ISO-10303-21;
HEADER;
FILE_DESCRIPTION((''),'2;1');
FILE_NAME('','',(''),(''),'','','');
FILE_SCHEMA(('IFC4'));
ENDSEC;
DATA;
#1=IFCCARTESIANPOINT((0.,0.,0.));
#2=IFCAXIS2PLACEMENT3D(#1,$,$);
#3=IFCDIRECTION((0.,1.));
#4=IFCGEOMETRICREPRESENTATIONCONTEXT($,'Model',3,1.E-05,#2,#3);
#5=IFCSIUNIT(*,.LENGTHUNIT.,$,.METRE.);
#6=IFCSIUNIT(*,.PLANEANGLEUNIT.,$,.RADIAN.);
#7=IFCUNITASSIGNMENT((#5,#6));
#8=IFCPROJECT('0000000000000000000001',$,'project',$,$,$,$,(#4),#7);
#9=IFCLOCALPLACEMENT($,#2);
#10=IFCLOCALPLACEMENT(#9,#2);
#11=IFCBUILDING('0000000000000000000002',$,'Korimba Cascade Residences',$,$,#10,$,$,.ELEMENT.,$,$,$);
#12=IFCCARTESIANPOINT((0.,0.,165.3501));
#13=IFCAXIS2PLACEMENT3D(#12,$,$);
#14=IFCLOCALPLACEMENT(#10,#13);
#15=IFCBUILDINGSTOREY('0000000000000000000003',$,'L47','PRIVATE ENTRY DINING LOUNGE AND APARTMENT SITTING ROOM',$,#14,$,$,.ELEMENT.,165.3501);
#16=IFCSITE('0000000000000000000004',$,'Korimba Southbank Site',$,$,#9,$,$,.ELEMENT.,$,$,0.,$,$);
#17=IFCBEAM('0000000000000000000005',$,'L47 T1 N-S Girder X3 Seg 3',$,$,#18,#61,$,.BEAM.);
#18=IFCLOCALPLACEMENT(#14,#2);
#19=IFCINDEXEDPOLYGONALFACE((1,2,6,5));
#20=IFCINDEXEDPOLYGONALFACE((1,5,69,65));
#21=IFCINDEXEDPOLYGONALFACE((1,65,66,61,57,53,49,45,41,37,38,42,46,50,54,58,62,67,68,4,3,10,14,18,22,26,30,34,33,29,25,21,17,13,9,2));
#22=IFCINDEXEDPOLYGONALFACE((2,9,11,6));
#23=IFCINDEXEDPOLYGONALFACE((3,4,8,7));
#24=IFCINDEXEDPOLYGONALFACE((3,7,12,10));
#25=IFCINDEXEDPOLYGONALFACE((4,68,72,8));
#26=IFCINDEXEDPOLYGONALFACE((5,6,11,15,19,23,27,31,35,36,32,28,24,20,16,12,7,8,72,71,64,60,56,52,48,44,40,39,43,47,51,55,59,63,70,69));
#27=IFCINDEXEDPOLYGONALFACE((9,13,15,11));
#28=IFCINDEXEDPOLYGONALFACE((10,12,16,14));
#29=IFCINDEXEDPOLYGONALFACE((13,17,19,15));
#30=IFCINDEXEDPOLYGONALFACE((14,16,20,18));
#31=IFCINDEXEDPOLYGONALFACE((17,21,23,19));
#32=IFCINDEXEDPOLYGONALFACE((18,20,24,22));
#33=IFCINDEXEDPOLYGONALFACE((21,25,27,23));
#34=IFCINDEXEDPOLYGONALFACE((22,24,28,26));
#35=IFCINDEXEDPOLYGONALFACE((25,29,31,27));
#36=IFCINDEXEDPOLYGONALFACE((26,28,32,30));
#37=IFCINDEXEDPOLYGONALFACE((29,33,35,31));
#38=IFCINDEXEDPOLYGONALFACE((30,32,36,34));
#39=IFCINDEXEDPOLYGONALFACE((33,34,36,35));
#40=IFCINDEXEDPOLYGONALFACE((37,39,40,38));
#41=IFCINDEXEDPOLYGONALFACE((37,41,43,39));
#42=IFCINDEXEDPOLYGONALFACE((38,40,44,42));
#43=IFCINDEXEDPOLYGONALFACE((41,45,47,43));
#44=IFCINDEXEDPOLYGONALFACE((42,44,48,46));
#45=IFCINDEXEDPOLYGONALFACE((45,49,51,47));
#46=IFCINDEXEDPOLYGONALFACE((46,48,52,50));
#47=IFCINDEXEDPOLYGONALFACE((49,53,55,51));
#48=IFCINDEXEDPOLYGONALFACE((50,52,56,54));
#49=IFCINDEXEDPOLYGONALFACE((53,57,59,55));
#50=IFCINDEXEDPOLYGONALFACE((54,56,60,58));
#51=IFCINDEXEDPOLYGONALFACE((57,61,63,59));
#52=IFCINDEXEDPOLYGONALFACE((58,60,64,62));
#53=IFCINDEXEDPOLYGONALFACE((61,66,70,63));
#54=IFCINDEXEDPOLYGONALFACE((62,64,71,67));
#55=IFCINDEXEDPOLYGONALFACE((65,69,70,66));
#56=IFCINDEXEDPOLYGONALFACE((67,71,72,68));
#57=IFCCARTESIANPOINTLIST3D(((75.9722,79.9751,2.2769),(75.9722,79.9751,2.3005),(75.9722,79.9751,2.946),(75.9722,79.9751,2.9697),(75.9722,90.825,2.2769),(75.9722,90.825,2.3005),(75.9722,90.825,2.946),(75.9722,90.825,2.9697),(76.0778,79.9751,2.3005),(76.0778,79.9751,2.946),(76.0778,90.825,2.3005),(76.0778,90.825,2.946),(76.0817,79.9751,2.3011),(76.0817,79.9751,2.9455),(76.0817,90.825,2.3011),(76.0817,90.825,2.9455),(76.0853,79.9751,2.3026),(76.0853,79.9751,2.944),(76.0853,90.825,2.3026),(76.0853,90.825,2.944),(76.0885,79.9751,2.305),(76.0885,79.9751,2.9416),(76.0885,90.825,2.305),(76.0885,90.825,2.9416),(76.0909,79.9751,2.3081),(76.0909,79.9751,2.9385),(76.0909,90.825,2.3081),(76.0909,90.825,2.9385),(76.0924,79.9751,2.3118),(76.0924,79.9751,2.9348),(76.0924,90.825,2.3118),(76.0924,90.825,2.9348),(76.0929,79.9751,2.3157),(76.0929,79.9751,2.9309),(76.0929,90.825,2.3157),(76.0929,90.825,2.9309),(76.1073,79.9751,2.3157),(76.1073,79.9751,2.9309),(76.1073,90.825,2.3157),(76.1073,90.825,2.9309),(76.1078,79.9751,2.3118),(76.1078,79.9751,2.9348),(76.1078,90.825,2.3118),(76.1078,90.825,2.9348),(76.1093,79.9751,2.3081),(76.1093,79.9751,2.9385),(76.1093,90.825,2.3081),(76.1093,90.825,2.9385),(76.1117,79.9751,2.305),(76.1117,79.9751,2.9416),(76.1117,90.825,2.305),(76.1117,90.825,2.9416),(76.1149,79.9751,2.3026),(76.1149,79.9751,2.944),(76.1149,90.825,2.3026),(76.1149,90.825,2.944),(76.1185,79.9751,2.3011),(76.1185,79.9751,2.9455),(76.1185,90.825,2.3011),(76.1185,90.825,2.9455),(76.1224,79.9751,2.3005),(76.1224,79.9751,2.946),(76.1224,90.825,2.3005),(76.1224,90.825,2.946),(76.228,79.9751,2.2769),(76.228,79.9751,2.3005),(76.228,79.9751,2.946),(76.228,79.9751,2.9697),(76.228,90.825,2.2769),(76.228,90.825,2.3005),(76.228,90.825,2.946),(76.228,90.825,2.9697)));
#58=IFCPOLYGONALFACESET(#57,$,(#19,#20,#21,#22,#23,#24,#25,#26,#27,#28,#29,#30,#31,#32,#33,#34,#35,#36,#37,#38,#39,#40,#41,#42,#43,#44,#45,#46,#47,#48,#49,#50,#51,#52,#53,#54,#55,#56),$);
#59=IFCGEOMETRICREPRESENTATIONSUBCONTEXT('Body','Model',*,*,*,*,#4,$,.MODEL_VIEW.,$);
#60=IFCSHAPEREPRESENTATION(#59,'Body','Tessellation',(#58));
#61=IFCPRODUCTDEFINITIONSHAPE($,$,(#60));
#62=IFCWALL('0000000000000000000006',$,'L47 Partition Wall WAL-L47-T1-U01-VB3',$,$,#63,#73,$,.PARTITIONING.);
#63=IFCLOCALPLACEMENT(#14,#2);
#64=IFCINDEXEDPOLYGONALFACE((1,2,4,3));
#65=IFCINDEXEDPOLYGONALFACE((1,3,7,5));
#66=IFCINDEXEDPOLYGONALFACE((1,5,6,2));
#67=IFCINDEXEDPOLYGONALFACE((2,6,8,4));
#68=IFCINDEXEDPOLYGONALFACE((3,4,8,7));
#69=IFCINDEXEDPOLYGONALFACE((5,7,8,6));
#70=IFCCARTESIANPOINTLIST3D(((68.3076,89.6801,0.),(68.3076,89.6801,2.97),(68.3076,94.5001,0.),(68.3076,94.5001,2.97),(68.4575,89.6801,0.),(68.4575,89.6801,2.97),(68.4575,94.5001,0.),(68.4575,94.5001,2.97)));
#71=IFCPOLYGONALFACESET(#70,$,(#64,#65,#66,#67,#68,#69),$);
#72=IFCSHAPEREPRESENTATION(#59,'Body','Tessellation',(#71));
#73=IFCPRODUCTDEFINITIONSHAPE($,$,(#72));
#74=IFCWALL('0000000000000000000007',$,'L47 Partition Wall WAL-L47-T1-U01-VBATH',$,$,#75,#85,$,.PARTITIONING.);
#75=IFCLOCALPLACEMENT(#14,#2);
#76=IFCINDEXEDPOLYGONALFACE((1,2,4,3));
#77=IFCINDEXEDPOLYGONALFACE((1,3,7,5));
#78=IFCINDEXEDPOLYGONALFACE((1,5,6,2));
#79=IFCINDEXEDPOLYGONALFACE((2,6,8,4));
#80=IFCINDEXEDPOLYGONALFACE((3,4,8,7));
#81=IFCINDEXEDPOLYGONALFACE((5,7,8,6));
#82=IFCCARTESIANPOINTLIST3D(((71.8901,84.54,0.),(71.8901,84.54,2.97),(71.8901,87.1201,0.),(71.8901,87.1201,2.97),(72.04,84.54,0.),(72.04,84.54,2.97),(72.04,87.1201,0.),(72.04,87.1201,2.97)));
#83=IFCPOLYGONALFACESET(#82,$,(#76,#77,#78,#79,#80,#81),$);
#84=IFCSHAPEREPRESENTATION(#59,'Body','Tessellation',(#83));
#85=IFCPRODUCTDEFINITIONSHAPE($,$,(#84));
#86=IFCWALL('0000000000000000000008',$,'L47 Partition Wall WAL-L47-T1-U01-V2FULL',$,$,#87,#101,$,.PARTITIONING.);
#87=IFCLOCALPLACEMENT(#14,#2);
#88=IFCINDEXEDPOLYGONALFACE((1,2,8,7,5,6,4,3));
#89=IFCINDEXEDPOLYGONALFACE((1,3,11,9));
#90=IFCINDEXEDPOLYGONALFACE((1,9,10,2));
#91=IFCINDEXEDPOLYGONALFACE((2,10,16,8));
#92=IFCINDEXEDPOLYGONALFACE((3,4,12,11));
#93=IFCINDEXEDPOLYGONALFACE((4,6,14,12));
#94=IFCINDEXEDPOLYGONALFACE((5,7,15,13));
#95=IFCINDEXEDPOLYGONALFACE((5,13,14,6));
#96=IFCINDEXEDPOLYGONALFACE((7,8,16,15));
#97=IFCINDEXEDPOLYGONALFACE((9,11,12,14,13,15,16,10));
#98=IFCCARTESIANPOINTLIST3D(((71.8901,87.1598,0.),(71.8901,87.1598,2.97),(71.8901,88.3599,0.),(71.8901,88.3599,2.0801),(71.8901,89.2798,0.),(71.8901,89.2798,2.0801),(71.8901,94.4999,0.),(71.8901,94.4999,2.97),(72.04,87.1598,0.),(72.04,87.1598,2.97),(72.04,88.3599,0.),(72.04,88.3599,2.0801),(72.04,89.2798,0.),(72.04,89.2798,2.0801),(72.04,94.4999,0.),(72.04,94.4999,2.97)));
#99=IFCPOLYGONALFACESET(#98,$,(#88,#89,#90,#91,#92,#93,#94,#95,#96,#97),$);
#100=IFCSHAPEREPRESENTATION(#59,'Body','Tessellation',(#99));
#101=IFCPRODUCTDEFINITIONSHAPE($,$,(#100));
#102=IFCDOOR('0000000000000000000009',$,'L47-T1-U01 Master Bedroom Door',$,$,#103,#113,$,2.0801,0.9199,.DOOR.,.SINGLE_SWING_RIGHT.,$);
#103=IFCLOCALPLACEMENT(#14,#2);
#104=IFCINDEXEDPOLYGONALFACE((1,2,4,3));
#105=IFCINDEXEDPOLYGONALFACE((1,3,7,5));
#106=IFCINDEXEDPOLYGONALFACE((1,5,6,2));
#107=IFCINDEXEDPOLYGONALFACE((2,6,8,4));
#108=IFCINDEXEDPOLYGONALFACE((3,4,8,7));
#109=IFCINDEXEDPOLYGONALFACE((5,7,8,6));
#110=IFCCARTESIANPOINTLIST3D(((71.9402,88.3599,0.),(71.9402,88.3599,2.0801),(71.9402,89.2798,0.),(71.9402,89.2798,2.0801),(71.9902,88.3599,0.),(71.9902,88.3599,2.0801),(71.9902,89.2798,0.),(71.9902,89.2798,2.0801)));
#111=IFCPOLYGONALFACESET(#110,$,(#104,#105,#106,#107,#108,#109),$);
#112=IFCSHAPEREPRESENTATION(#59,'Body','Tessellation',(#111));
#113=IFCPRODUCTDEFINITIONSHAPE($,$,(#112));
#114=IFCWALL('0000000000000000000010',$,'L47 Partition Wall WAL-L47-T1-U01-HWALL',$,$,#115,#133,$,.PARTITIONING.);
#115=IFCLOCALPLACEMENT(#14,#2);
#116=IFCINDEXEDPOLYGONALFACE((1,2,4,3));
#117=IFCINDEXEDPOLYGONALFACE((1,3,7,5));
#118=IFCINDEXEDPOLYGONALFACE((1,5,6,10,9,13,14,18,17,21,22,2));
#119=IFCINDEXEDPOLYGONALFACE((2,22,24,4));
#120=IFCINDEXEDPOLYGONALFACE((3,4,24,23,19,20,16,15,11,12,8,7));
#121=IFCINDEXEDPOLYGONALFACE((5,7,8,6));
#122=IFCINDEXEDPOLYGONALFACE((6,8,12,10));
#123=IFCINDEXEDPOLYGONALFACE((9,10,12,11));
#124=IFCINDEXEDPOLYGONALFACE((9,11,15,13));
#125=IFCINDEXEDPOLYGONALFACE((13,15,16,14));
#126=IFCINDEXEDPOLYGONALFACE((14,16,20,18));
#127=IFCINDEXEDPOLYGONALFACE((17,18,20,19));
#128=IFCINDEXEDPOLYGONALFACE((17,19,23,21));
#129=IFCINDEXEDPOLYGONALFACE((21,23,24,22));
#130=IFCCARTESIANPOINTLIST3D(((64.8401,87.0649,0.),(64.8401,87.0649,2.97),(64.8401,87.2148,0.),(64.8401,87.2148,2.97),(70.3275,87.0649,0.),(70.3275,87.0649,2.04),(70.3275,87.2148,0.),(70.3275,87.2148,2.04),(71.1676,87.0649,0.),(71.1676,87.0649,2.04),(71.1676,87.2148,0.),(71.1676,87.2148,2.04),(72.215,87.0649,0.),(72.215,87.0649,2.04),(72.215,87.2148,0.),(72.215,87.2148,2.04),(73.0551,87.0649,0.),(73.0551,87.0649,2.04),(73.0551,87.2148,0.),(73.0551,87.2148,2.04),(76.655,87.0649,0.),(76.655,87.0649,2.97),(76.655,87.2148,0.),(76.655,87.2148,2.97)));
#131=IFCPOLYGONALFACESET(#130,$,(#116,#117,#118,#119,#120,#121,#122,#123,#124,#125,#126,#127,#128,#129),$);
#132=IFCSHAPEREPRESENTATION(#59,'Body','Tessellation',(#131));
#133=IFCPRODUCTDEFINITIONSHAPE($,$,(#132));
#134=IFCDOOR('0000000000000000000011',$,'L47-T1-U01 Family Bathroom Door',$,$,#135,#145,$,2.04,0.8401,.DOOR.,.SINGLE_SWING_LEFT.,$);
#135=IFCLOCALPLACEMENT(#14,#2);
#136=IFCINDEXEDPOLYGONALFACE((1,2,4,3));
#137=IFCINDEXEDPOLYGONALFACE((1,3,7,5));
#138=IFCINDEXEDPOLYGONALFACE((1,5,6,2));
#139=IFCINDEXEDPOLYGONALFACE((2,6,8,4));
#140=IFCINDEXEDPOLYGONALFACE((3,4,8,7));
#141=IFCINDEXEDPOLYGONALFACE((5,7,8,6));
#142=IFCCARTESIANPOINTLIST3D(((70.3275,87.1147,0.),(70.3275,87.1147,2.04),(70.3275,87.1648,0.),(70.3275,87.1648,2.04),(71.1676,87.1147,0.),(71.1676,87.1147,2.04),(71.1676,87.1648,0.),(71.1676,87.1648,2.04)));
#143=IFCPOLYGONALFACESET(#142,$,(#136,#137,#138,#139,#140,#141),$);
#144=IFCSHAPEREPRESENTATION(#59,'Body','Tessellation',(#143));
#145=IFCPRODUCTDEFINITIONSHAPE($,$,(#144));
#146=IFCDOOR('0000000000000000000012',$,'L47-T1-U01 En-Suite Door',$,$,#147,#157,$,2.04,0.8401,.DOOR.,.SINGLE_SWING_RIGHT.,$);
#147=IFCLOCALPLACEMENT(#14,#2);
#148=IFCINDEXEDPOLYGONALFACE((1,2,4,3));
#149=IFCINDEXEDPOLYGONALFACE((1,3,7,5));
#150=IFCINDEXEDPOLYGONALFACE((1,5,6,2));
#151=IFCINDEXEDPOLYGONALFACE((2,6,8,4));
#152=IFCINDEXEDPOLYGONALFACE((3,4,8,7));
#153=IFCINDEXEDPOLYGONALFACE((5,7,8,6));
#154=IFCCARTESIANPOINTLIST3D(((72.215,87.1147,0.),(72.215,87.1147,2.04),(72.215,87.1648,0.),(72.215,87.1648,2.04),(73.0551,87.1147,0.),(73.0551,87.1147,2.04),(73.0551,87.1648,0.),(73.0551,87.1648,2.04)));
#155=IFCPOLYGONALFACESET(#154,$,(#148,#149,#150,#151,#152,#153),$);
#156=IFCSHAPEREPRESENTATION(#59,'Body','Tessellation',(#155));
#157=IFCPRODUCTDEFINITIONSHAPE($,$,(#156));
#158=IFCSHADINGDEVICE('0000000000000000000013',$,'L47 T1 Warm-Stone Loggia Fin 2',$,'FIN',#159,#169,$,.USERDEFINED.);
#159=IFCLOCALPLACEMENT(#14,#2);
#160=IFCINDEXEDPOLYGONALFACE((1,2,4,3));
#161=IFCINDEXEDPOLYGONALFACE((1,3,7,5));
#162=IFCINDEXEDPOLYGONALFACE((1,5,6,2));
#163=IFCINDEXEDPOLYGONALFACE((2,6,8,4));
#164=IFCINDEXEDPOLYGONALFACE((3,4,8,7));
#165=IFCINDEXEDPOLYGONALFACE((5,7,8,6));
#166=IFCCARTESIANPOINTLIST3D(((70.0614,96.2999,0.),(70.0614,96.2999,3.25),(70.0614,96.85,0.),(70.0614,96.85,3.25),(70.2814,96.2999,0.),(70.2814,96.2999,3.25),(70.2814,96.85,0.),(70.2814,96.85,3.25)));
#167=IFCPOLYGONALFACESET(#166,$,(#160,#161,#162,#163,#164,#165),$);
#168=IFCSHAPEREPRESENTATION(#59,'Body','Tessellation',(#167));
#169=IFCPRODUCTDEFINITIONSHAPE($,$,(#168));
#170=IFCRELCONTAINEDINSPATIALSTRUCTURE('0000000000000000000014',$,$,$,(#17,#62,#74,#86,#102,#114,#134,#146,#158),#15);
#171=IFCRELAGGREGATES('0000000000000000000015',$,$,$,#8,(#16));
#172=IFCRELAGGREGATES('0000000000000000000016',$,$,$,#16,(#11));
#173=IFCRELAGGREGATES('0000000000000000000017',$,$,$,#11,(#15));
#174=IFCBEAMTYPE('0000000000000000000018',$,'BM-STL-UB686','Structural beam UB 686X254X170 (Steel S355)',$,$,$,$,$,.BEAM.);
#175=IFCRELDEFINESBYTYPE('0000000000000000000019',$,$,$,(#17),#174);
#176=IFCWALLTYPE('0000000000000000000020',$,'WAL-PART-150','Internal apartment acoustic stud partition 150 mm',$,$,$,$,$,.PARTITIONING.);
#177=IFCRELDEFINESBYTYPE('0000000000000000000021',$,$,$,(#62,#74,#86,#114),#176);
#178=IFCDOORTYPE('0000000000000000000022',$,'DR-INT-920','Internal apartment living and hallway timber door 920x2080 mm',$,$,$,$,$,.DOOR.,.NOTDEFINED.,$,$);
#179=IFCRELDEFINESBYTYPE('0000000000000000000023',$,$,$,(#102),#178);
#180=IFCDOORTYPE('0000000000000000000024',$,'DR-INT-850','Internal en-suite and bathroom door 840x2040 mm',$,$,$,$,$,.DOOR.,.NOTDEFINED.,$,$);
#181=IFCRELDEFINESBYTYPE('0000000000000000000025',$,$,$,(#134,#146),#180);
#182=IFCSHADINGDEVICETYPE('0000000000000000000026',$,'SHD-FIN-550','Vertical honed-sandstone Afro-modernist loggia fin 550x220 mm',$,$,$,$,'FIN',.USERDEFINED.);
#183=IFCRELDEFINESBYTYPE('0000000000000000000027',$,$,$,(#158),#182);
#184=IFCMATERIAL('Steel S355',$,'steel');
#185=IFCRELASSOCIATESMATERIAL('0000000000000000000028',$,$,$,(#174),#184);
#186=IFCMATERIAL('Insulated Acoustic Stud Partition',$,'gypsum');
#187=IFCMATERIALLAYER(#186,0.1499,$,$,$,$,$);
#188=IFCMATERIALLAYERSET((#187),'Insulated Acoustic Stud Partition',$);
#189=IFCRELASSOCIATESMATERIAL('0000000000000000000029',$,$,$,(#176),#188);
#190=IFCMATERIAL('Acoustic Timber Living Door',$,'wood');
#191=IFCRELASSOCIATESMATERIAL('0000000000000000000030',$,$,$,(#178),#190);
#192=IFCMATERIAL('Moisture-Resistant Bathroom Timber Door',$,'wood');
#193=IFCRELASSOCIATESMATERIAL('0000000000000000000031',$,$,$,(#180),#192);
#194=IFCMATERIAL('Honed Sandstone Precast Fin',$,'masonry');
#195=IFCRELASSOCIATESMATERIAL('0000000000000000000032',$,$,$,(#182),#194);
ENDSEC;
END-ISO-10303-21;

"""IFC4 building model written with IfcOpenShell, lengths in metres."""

from ifc_helpers import new_model, si_unit, direction, frame, frame_2d, origin, origin_2d, place, context, subcontext, project, spatial, rectangle, i_section, extrude, material, layer, layer_set, material_profile, profile_set, type_object, element, fill, save


model = new_model("IFC4")

# Units and contexts
model_context = context("Model", 3, precision=1e-05, world=origin(), true_north=direction((0.0, 1.0)))
body_context = subcontext(model_context, "Body", "Model", "MODEL_VIEW")
ifc_project = project(units=[si_unit("LENGTHUNIT", "METRE"), si_unit("PLANEANGLEUNIT", "RADIAN")], contexts=[model_context])

# Site, building, storey
site_placement = place(None, origin())
site = spatial("IfcSite", under=ifc_project, at=site_placement, Name="Korimba Southbank Site", CompositionType="ELEMENT", RefElevation=0.0)
building_placement = place(site_placement, origin())
building = spatial("IfcBuilding", under=site, at=building_placement, Name="Korimba Cascade Residences", CompositionType="ELEMENT")
storey_placement = place(building_placement, frame((0.0, 0.0, 165.3501)))
storey = spatial("IfcBuildingStorey", under=building, at=storey_placement, Name="L47", Description="PRIVATE ENTRY DINING LOUNGE AND APARTMENT SITTING ROOM", CompositionType="ELEMENT", Elevation=165.3501)

# Beam
ifc_material_1 = material(Name="Steel S355", Category="steel")
ifc_material_profile_1 = material_profile(ifc_material_1, i_section(OverallWidth=0.2559, OverallDepth=0.6929, WebThickness=0.0144, FlangeThickness=0.0237, FilletRadius=0.0151, at=origin_2d()), Name="Steel S355")
ifc_profile_set_1 = profile_set([ifc_material_profile_1], Name="Steel S355")
beam_type_1 = type_object("IfcBeamType", Name="BM-STL-UB686", Description="Structural beam UB 686X254X170 (Steel S355)", PredefinedType="BEAM", material=ifc_profile_set_1)
for number, where, z_axis, x_axis, name in (
    (1, (76.1001, 79.9751, 2.6233), (0.0, 1.0, 0.0), (-1.0, 0.0, 0.0), "L47 T1 N-S Girder X3 Seg 3"),
):
    element("IfcBeam", number, at=place(storey_placement, frame(where, z_axis=z_axis, x_axis=x_axis)), inside=storey, type_object=beam_type_1, Name=name, PredefinedType="BEAM", context=body_context, shape_type="SweptSolid", body=[
        extrude(i_section(OverallWidth=0.2559, OverallDepth=0.6929, WebThickness=0.0144, FlangeThickness=0.0237, FilletRadius=0.0151, at=origin_2d()), origin(), (0.0, 0.0, 1.0), 10.8499),
    ])

# Walls
ifc_material_2 = material(Name="Insulated Acoustic Stud Partition", Category="gypsum")
ifc_layer = layer(ifc_material_2, 0.1499)
ifc_layer_set = layer_set([ifc_layer], Name="Insulated Acoustic Stud Partition")
wall_type = type_object("IfcWallType", Name="WAL-PART-150", Description="Internal apartment acoustic stud partition 150 mm", PredefinedType="PARTITIONING", material=ifc_layer_set)
wall_1_placement = place(storey_placement, frame((68.3826, 89.6799, 0.0), z_axis=(0.0, 0.0, 1.0), x_axis=(0.0, 1.0, 0.0)))
element("IfcWall", 2, at=wall_1_placement, inside=storey, type_object=wall_type, Name="L47 Partition Wall WAL-L47-T1-U01-VB3", PredefinedType="PARTITIONING", context=body_context, shape_type="SweptSolid", body=[
    extrude(rectangle(XDim=4.8201, YDim=0.1499, at=frame_2d((2.4102, 0.0))), origin(), (0.0, 0.0, 1.0), 2.97),
])
wall_2_placement = place(storey_placement, frame((71.9651, 84.54, 0.0), z_axis=(0.0, 0.0, 1.0), x_axis=(0.0, 1.0, 0.0)))
element("IfcWall", 3, at=wall_2_placement, inside=storey, type_object=wall_type, Name="L47 Partition Wall WAL-L47-T1-U01-VBATH", PredefinedType="PARTITIONING", context=body_context, shape_type="SweptSolid", body=[
    extrude(rectangle(XDim=2.5801, YDim=0.1499, at=frame_2d((1.29, 0.0))), origin(), (0.0, 0.0, 1.0), 2.97),
])

# Wall, opening, door
wall_3_placement = place(storey_placement, frame((71.9651, 87.1599, 0.0), z_axis=(0.0, 0.0, 1.0), x_axis=(0.0, 1.0, 0.0)))
wall_3 = element("IfcWall", 4, at=wall_3_placement, inside=storey, type_object=wall_type, Name="L47 Partition Wall WAL-L47-T1-U01-V2FULL", PredefinedType="PARTITIONING", context=body_context, shape_type="SweptSolid", body=[
    extrude(rectangle(XDim=7.3401, YDim=0.1499, at=frame_2d((3.6699, 0.0))), origin(), (0.0, 0.0, 1.0), 2.97),
])
opening_1_placement = place(wall_3_placement, frame((1.2, 0.0, 0.0)))
opening_1 = element("IfcOpeningElement", 5, at=opening_1_placement, cuts=wall_3, PredefinedType="OPENING", context=body_context, shape_type="SweptSolid", body=[
    extrude(rectangle(XDim=0.9199, YDim=2.0801, at=frame_2d((0.46, 1.04))), frame((0.0, 0.085, 0.0), z_axis=(0.0, -1.0, 0.0), x_axis=(1.0, 0.0, 0.0)), (0.0, 0.0, 1.0), 0.1699),
])
ifc_material_3 = material(Name="Acoustic Timber Living Door", Category="wood")
door_type_1 = type_object("IfcDoorType", Name="DR-INT-920", Description="Internal apartment living and hallway timber door 920x2080 mm", OperationType="NOTDEFINED", PredefinedType="DOOR", material=ifc_material_3)
door_1_placement = place(opening_1_placement, origin())
door_1 = element("IfcDoor", 6, at=door_1_placement, inside=storey, type_object=door_type_1, Name="L47-T1-U01 Master Bedroom Door", OperationType="SINGLE_SWING_RIGHT", OverallHeight=2.0801, OverallWidth=0.9199, PredefinedType="DOOR", context=body_context, shape_type="SweptSolid", body=[
    extrude(rectangle(XDim=0.9199, YDim=2.0801, at=frame_2d((0.46, 1.04))), frame((0.0, 0.0249, 0.0), z_axis=(0.0, -1.0, 0.0), x_axis=(1.0, 0.0, 0.0)), (0.0, 0.0, 1.0), 0.05),
])
fill(opening_1, door_1)

# Wall, openings, doors
wall_4_placement = place(storey_placement, frame((64.8401, 87.1399, 0.0), z_axis=(0.0, 0.0, 1.0), x_axis=(1.0, 0.0, 0.0)))
wall_4 = element("IfcWall", 7, at=wall_4_placement, inside=storey, type_object=wall_type, Name="L47 Partition Wall WAL-L47-T1-U01-HWALL", PredefinedType="PARTITIONING", context=body_context, shape_type="SweptSolid", body=[
    extrude(rectangle(XDim=11.8149, YDim=0.1499, at=frame_2d((5.9075, 0.0))), origin(), (0.0, 0.0, 1.0), 2.97),
])
opening_2_placement = place(wall_4_placement, frame((5.4875, 0.0, 0.0)))
opening_2 = element("IfcOpeningElement", 8, at=opening_2_placement, cuts=wall_4, PredefinedType="OPENING", context=body_context, shape_type="SweptSolid", body=[
    extrude(rectangle(XDim=0.8401, YDim=2.04, at=frame_2d((0.4199, 1.02))), frame((0.0, 0.085, 0.0), z_axis=(0.0, -1.0, 0.0), x_axis=(1.0, 0.0, 0.0)), (0.0, 0.0, 1.0), 0.1699),
])
opening_3_placement = place(wall_4_placement, frame((7.375, 0.0, 0.0)))
opening_3 = element("IfcOpeningElement", 9, at=opening_3_placement, cuts=wall_4, PredefinedType="OPENING", context=body_context, shape_type="SweptSolid", body=[
    extrude(rectangle(XDim=0.8401, YDim=2.04, at=frame_2d((0.4199, 1.02))), frame((0.0, 0.085, 0.0), z_axis=(0.0, -1.0, 0.0), x_axis=(1.0, 0.0, 0.0)), (0.0, 0.0, 1.0), 0.1699),
])
ifc_material_4 = material(Name="Moisture-Resistant Bathroom Timber Door", Category="wood")
door_type_2 = type_object("IfcDoorType", Name="DR-INT-850", Description="Internal en-suite and bathroom door 840x2040 mm", OperationType="NOTDEFINED", PredefinedType="DOOR", material=ifc_material_4)
door_2_placement = place(opening_2_placement, origin())
door_2 = element("IfcDoor", 10, at=door_2_placement, inside=storey, type_object=door_type_2, Name="L47-T1-U01 Family Bathroom Door", OperationType="SINGLE_SWING_LEFT", OverallHeight=2.04, OverallWidth=0.8401, PredefinedType="DOOR", context=body_context, shape_type="SweptSolid", body=[
    extrude(rectangle(XDim=0.8401, YDim=2.04, at=frame_2d((0.4199, 1.02))), frame((0.0, 0.0249, 0.0), z_axis=(0.0, -1.0, 0.0), x_axis=(1.0, 0.0, 0.0)), (0.0, 0.0, 1.0), 0.05),
])
fill(opening_2, door_2)
door_3_placement = place(opening_3_placement, origin())
door_3 = element("IfcDoor", 11, at=door_3_placement, inside=storey, type_object=door_type_2, Name="L47-T1-U01 En-Suite Door", OperationType="SINGLE_SWING_RIGHT", OverallHeight=2.04, OverallWidth=0.8401, PredefinedType="DOOR", context=body_context, shape_type="SweptSolid", body=[
    extrude(rectangle(XDim=0.8401, YDim=2.04, at=frame_2d((0.4199, 1.02))), frame((0.0, 0.0249, 0.0), z_axis=(0.0, -1.0, 0.0), x_axis=(1.0, 0.0, 0.0)), (0.0, 0.0, 1.0), 0.05),
])
fill(opening_3, door_3)

# Shading device
ifc_material_5 = material(Name="Honed Sandstone Precast Fin", Category="masonry")
shading_device_type = type_object("IfcShadingDeviceType", Name="SHD-FIN-550", Description="Vertical honed-sandstone Afro-modernist loggia fin 550x220 mm", ElementType="FIN", PredefinedType="USERDEFINED", material=ifc_material_5)
shading_device_placement = place(storey_placement, frame((70.1714, 96.575, 0.0), z_axis=(0.0, 0.0, 1.0), x_axis=(1.0, 0.0, 0.0)))
element("IfcShadingDevice", 12, at=shading_device_placement, inside=storey, type_object=shading_device_type, Name="L47 T1 Warm-Stone Loggia Fin 2", ObjectType="FIN", PredefinedType="USERDEFINED", context=body_context, shape_type="SweptSolid", body=[
    extrude(rectangle(XDim=0.22, YDim=0.55, at=origin_2d()), origin(), (0.0, 0.0, 1.0), 3.25),
])

save(model, "model.ifc")
